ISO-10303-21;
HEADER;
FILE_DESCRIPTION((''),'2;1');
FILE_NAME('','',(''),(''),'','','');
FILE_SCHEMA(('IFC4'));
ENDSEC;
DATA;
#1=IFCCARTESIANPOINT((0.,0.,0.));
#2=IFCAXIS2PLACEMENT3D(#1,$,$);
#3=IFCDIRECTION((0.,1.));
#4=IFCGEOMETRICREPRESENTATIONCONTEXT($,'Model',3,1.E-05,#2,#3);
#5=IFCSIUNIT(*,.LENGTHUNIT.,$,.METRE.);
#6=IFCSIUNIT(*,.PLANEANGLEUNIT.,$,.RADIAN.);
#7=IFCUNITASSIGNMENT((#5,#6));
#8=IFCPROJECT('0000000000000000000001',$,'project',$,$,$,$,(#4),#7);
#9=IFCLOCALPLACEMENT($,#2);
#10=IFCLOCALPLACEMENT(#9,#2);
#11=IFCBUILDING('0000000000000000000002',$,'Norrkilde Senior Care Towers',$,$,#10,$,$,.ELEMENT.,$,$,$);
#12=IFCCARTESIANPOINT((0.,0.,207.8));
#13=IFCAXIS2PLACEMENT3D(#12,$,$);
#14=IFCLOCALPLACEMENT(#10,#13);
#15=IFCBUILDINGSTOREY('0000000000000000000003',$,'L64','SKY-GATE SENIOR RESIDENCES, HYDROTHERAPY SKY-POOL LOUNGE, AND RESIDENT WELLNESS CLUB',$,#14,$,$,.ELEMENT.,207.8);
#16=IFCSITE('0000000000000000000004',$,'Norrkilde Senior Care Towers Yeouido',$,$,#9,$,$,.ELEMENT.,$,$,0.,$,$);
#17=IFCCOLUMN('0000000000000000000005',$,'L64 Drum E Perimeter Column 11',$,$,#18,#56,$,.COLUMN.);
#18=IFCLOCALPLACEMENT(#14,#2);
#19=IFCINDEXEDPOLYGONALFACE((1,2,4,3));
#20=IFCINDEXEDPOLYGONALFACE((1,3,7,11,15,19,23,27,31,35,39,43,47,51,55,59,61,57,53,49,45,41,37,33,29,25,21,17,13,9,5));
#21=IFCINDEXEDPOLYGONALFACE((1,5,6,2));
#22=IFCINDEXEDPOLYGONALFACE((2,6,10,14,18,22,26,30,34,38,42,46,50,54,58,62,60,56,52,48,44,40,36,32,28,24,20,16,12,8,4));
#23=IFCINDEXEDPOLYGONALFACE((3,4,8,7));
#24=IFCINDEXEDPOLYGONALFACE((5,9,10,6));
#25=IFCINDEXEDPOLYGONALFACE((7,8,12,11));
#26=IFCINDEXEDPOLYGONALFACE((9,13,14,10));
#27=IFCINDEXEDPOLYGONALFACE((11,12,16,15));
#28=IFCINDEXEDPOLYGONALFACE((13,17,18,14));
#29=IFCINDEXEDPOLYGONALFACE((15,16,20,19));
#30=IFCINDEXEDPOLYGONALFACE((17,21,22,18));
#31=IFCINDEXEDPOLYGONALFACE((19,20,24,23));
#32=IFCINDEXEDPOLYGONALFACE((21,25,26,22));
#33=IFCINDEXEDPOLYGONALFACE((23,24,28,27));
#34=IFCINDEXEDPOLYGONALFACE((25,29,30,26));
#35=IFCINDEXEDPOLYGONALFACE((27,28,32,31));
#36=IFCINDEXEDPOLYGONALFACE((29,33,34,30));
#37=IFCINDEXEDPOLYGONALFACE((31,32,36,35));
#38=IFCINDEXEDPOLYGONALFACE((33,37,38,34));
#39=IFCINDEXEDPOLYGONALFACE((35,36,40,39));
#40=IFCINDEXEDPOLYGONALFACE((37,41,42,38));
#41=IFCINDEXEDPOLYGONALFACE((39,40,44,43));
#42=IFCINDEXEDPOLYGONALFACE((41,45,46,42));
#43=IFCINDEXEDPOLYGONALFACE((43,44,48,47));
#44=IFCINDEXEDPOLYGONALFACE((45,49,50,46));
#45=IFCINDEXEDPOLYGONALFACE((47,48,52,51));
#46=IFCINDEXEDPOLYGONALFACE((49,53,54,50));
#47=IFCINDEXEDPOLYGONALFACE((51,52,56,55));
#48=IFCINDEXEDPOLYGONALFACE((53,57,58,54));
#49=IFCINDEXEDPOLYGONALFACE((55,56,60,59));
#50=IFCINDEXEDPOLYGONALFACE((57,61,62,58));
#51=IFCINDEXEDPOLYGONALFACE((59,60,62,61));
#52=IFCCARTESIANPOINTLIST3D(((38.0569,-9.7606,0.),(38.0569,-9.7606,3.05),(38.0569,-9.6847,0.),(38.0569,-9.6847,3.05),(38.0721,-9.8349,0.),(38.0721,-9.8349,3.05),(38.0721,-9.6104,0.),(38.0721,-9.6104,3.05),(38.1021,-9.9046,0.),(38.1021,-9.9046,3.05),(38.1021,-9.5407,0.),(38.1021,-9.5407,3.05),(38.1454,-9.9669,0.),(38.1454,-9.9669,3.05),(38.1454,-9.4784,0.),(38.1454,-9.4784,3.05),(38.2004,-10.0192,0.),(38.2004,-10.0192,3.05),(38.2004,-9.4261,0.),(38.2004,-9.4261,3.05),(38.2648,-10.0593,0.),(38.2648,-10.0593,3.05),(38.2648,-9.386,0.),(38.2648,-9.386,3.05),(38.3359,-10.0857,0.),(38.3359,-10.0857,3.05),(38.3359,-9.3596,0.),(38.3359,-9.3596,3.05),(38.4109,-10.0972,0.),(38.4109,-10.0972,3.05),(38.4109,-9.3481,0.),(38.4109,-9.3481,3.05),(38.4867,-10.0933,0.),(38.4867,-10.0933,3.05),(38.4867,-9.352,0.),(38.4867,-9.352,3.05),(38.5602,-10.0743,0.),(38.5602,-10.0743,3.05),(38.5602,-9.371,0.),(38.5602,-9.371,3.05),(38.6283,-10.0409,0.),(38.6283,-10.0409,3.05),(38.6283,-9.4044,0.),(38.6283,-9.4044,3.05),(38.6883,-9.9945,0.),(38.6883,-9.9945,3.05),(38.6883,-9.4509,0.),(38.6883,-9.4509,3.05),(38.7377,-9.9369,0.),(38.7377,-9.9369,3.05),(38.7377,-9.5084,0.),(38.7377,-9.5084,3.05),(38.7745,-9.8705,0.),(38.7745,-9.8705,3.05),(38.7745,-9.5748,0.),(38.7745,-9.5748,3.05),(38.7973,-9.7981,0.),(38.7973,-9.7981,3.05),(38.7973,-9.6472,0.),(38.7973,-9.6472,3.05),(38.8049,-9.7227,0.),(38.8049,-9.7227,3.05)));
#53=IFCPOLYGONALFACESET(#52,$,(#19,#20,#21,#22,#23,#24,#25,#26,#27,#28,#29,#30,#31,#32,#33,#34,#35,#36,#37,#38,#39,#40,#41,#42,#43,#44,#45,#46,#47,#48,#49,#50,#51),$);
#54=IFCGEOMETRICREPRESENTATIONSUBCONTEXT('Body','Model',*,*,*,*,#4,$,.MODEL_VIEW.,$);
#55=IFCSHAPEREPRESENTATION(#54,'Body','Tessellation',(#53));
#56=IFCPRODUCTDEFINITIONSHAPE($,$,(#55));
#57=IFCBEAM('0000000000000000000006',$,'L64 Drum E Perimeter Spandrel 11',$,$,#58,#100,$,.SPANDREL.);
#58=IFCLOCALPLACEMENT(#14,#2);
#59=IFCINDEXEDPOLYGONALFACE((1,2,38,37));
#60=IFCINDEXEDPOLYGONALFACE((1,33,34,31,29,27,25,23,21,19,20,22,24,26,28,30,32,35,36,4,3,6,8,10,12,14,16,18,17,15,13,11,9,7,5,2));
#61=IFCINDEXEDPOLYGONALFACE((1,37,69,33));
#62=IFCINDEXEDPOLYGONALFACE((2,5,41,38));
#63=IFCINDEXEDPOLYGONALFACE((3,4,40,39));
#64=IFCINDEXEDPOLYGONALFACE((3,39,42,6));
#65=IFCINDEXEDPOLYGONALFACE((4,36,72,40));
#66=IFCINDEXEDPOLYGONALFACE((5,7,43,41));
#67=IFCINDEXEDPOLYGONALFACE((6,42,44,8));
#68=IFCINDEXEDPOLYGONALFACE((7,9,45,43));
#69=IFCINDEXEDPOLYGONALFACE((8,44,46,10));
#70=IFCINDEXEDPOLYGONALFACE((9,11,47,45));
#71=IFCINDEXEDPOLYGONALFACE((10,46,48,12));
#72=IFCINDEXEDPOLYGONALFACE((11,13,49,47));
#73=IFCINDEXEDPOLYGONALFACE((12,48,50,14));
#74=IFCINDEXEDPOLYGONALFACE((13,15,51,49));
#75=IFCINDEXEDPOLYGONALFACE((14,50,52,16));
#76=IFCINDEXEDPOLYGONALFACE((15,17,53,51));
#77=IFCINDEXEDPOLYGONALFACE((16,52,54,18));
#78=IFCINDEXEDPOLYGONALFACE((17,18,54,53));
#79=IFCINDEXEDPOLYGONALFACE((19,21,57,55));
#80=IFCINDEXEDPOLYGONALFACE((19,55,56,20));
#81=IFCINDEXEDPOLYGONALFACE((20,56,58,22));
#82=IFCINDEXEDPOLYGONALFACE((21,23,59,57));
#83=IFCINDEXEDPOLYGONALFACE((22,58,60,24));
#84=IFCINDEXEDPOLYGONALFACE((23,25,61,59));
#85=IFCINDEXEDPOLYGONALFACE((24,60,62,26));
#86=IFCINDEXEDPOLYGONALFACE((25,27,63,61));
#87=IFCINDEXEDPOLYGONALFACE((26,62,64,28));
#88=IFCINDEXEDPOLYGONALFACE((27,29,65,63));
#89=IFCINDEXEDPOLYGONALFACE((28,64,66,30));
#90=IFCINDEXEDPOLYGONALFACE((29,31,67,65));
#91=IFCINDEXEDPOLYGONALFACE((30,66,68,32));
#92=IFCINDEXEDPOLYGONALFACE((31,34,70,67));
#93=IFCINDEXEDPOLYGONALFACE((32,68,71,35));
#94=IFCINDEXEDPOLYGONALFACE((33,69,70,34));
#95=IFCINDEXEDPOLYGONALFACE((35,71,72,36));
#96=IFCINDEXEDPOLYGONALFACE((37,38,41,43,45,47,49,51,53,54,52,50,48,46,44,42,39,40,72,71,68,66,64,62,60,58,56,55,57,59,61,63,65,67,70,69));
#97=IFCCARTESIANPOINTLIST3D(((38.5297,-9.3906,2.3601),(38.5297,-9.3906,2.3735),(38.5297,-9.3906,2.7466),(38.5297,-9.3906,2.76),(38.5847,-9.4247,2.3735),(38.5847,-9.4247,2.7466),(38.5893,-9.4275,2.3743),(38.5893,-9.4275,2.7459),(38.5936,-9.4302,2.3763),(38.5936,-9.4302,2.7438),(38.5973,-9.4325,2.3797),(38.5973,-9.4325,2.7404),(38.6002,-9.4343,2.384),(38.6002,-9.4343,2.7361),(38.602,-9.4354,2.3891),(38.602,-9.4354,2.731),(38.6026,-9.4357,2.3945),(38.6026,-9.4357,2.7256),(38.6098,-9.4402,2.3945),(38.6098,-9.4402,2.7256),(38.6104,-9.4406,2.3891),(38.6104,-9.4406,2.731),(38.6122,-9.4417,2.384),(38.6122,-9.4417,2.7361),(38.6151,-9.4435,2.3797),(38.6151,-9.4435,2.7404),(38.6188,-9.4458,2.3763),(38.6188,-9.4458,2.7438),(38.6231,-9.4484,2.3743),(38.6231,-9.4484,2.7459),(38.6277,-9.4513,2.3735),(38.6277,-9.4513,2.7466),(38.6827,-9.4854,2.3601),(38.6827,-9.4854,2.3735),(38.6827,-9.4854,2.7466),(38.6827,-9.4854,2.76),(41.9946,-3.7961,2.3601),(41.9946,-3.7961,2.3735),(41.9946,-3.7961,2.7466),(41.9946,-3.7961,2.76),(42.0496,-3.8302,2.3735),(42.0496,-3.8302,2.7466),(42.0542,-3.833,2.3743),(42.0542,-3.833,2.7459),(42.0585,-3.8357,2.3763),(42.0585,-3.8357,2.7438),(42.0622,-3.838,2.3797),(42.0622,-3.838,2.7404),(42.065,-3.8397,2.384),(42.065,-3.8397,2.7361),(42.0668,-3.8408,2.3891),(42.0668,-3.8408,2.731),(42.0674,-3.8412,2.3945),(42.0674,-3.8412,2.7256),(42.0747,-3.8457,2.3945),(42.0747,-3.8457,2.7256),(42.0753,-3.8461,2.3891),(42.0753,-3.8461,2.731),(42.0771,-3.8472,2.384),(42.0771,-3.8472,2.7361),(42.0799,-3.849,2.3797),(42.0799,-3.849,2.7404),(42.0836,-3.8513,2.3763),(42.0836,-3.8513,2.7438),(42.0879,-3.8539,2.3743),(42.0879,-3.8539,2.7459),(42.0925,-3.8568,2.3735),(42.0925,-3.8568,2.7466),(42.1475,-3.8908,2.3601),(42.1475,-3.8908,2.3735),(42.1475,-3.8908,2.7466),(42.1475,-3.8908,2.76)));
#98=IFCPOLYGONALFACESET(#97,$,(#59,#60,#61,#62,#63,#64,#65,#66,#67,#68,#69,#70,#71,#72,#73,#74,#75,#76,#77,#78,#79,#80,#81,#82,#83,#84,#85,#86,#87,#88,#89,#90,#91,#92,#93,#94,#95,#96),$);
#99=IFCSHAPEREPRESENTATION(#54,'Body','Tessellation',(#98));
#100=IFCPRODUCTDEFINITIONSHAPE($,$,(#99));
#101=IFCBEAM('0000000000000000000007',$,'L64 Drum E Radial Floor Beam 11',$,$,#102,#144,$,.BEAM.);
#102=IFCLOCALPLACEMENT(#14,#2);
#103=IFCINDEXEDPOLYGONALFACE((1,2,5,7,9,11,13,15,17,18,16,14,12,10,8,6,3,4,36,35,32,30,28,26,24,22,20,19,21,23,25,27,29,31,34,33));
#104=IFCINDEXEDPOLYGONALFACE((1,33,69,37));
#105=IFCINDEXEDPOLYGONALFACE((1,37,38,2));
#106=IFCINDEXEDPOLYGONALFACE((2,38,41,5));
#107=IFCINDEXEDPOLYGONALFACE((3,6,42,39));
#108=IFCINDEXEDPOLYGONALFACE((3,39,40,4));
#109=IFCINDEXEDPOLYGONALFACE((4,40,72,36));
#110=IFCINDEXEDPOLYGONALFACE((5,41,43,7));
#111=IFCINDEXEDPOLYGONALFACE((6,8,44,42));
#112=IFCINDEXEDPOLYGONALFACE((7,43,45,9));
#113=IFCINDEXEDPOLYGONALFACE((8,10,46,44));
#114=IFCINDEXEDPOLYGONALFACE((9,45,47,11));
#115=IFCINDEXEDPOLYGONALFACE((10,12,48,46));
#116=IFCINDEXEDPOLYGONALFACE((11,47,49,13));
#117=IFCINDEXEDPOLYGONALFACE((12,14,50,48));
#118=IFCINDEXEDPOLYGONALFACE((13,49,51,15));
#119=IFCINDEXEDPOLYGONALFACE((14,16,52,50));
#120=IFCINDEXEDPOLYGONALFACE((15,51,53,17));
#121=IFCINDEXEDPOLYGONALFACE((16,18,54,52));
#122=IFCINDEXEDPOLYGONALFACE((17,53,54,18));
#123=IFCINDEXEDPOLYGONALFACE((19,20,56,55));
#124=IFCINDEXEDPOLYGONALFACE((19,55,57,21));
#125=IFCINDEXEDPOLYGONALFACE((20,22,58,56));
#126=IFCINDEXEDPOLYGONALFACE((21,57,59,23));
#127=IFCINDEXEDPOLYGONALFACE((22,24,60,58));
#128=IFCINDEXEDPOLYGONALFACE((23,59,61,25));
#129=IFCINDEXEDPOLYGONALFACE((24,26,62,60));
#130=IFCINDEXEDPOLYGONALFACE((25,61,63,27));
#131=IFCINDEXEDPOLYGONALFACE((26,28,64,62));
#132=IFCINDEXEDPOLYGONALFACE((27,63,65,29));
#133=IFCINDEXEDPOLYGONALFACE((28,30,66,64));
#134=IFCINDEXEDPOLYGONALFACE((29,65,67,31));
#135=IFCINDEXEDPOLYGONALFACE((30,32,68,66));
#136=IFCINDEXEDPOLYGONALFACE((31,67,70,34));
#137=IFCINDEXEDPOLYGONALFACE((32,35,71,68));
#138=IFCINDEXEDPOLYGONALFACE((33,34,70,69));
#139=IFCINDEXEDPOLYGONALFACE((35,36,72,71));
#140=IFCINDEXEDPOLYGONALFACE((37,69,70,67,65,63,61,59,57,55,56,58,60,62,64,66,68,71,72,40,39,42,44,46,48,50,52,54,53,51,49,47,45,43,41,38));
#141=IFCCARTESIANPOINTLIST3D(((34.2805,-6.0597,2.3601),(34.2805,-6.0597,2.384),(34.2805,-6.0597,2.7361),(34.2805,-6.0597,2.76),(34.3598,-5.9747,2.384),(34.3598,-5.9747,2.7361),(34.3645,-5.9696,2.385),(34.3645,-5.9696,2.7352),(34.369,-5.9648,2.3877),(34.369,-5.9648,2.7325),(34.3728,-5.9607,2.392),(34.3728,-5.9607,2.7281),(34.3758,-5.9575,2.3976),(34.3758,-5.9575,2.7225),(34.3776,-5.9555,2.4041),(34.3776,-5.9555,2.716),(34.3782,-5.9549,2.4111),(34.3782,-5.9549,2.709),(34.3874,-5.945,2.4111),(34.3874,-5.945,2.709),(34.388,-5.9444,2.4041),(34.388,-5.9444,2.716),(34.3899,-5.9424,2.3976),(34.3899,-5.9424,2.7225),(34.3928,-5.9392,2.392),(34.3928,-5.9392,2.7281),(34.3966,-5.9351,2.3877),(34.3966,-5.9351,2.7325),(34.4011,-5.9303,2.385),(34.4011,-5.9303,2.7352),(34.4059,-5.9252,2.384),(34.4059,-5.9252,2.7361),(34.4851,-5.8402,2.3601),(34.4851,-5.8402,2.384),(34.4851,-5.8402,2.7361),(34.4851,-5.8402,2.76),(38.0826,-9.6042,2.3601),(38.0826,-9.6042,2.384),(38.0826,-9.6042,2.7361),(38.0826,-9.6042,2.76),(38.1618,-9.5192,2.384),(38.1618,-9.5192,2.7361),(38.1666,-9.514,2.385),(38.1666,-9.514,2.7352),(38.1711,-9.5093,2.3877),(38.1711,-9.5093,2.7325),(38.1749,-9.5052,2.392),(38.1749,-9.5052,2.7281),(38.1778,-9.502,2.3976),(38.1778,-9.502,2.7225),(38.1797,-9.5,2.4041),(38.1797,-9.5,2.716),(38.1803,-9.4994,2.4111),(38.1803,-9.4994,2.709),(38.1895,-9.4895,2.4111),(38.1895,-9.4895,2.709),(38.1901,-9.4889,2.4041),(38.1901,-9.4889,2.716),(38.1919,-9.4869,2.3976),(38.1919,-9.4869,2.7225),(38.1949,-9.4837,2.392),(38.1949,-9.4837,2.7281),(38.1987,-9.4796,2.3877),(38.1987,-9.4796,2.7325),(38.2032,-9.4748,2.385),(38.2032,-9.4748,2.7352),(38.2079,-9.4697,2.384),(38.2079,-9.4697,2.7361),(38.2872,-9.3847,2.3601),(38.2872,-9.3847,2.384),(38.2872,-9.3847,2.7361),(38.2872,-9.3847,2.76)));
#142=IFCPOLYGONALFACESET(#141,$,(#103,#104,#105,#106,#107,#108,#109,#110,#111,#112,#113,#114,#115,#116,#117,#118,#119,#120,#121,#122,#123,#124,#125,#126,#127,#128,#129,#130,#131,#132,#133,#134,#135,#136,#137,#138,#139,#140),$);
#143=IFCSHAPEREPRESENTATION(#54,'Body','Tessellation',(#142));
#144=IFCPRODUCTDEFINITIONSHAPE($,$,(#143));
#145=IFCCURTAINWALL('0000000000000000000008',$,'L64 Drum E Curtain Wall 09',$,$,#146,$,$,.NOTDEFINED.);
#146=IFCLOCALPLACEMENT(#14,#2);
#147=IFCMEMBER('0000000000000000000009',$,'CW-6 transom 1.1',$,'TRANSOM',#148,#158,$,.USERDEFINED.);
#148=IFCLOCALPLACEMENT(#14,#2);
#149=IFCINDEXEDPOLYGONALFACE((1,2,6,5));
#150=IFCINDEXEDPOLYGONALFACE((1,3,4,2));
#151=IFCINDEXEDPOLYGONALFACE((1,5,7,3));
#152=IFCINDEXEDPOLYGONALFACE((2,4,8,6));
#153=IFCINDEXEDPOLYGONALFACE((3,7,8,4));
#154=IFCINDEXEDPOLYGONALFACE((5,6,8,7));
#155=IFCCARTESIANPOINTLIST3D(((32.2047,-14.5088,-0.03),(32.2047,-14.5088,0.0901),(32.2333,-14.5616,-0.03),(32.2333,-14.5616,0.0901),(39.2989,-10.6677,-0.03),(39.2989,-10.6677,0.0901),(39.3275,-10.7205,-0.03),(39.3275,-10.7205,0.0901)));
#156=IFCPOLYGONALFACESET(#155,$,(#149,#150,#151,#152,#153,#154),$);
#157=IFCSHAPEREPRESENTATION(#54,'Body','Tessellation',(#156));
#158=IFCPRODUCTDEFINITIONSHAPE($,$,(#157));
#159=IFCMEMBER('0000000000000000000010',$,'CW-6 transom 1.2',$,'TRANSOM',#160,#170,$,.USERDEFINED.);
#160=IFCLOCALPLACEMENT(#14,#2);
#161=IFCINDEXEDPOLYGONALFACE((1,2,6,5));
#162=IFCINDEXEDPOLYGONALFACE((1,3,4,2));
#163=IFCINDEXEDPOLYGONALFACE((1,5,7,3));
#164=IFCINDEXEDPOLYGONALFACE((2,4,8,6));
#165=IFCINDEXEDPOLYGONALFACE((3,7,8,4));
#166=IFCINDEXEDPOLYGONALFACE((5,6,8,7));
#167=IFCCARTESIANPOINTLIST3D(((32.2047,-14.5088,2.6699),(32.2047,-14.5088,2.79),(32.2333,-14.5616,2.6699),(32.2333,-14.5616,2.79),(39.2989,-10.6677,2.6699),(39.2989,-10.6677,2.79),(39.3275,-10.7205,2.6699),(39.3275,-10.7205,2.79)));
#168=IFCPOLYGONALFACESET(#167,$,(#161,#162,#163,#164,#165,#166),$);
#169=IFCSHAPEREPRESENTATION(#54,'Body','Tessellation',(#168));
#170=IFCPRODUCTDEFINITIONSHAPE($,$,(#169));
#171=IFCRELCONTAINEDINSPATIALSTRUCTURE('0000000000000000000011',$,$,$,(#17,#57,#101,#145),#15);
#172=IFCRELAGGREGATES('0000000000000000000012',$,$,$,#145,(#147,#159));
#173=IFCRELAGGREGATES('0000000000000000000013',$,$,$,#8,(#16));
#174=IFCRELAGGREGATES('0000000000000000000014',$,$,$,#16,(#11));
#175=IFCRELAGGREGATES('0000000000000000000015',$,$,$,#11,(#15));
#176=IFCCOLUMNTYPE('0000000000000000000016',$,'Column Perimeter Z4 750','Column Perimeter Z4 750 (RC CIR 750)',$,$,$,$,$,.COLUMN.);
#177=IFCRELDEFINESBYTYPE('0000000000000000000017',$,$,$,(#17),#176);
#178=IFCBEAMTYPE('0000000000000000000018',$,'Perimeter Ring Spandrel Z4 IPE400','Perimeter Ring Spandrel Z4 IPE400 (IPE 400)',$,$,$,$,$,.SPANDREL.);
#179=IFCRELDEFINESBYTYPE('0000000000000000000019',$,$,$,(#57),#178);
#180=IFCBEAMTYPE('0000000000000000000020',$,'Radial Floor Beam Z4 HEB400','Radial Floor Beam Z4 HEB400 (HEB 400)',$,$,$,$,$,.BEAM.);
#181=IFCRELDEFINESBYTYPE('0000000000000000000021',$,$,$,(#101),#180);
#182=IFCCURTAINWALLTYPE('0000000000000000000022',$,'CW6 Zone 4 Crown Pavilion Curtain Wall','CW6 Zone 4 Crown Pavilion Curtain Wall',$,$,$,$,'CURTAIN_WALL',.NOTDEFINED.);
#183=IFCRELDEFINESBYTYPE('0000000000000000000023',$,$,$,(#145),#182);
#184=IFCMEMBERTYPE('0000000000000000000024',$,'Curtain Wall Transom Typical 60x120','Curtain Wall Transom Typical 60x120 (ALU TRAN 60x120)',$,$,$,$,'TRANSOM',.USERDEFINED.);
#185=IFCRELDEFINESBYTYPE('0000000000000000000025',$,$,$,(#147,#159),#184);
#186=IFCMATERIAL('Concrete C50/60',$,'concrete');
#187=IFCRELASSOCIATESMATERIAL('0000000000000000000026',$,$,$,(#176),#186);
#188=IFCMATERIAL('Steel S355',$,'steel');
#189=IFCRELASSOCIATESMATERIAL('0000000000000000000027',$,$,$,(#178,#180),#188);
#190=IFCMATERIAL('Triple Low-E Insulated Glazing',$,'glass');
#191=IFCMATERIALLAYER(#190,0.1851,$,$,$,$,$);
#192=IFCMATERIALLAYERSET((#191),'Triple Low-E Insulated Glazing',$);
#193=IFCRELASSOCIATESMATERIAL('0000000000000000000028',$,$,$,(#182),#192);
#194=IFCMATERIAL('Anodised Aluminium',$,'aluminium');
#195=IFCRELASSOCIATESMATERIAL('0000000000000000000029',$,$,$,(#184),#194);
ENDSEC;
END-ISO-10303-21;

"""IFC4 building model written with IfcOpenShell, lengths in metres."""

from ifc_helpers import new_model, si_unit, direction, frame, origin, origin_2d, place, context, subcontext, project, spatial, rectangle, circle, i_section, extrude, source, transform, mapped, material, layer, layer_set, material_profile, profile_set, type_object, type_shapes, element, aggregate, save


model = new_model("IFC4")

# Units and contexts
model_context = context("Model", 3, precision=1e-05, world=origin(), true_north=direction((0.0, 1.0)))
body_context = subcontext(model_context, "Body", "Model", "MODEL_VIEW")
ifc_project = project(units=[si_unit("LENGTHUNIT", "METRE"), si_unit("PLANEANGLEUNIT", "RADIAN")], contexts=[model_context])

# Site, building, storey
site_placement = place(None, origin())
site = spatial("IfcSite", under=ifc_project, at=site_placement, Name="Norrkilde Senior Care Towers Yeouido", CompositionType="ELEMENT", RefElevation=0.0)
building_placement = place(site_placement, origin())
building = spatial("IfcBuilding", under=site, at=building_placement, Name="Norrkilde Senior Care Towers", CompositionType="ELEMENT")
storey_placement = place(building_placement, frame((0.0, 0.0, 207.8)))
storey = spatial("IfcBuildingStorey", under=building, at=storey_placement, Name="L64", Description="SKY-GATE SENIOR RESIDENCES, HYDROTHERAPY SKY-POOL LOUNGE, AND RESIDENT WELLNESS CLUB", CompositionType="ELEMENT", Elevation=207.8)

# Column
ifc_material_1 = material(Name="Concrete C50/60", Category="concrete")
ifc_material_profile_1 = material_profile(ifc_material_1, circle(Radius=0.375, at=origin_2d()), Name="RC CIR 750")
ifc_profile_set_1 = profile_set([ifc_material_profile_1], Name="Concrete C50/60")
column_type = type_object("IfcColumnType", Name="Column Perimeter Z4 750", Description="Column Perimeter Z4 750 (RC CIR 750)", PredefinedType="COLUMN", material=ifc_profile_set_1)
shared_shape_1 = source(origin(), body_context, "Body", "SweptSolid", [
    extrude(circle(Radius=0.375, at=origin_2d()), origin(), (0.0, 0.0, 1.0), 3.05),
])
type_shapes(column_type, [shared_shape_1])
column_placement = place(storey_placement, frame((38.4299, -9.7227, 0.0), z_axis=(0.0, 0.0, 1.0), x_axis=(1.0, 0.0, 0.0)))
element("IfcColumn", 1, at=column_placement, inside=storey, type_object=column_type, Name="L64 Drum E Perimeter Column 11", PredefinedType="COLUMN", context=body_context, shape_type="MappedRepresentation", body=[
    mapped(shared_shape_1, transform((0.0, 0.0, 0.0), x_axis=(1.0, 0.0, 0.0), y_axis=(0.0, 1.0, 0.0), z_axis=(0.0, 0.0, 1.0), scale=1.0)),
])

# Beams
ifc_material_2 = material(Name="Steel S355", Category="steel")
ifc_material_profile_2 = material_profile(ifc_material_2, i_section(OverallWidth=0.1799, OverallDepth=0.3999, WebThickness=0.0085, FlangeThickness=0.0134, FilletRadius=0.021, at=origin_2d()), Name="IPE 400")
ifc_profile_set_2 = profile_set([ifc_material_profile_2], Name="Steel S355")
beam_type_1 = type_object("IfcBeamType", Name="Perimeter Ring Spandrel Z4 IPE400", Description="Perimeter Ring Spandrel Z4 IPE400 (IPE 400)", PredefinedType="SPANDREL", material=ifc_profile_set_2)
shared_shape_2 = source(origin(), body_context, "Body", "SweptSolid", [
    extrude(i_section(OverallWidth=0.1799, OverallDepth=0.3999, WebThickness=0.0085, FlangeThickness=0.0134, FilletRadius=0.021, at=origin_2d()), origin(), (0.0, 0.0, 1.0), 6.5806),
])
type_shapes(beam_type_1, [shared_shape_2])
beam_1_placement = place(storey_placement, frame((38.6062, -9.438, 2.5601), z_axis=(0.52653, 0.850157, 0.0), x_axis=(-0.850157, 0.52653, 0.0)))
element("IfcBeam", 2, at=beam_1_placement, inside=storey, type_object=beam_type_1, Name="L64 Drum E Perimeter Spandrel 11", PredefinedType="SPANDREL", context=body_context, shape_type="MappedRepresentation", body=[
    mapped(shared_shape_2, transform((0.0, 0.0, 0.0), x_axis=(1.0, 0.0, 0.0), y_axis=(0.0, 1.0, 0.0), z_axis=(0.0, 0.0, 1.0), scale=1.0)),
])
ifc_material_profile_3 = material_profile(ifc_material_2, i_section(OverallWidth=0.3, OverallDepth=0.3999, WebThickness=0.0134, FlangeThickness=0.0239, FilletRadius=0.0271, at=origin_2d()), Name="HEB 400")
ifc_profile_set_3 = profile_set([ifc_material_profile_3], Name="Steel S355")
beam_type_2 = type_object("IfcBeamType", Name="Radial Floor Beam Z4 HEB400", Description="Radial Floor Beam Z4 HEB400 (HEB 400)", PredefinedType="BEAM", material=ifc_profile_set_3)
shared_shape_3 = source(origin(), body_context, "Body", "SweptSolid", [
    extrude(i_section(OverallWidth=0.3, OverallDepth=0.3999, WebThickness=0.0134, FlangeThickness=0.0239, FilletRadius=0.0271, at=origin_2d()), origin(), (0.0, 0.0, 1.0), 5.198),
])
type_shapes(beam_type_2, [shared_shape_3])
beam_2_placement = place(storey_placement, frame((34.3828, -5.95, 2.5601), z_axis=(0.731449, -0.681896, 0.0), x_axis=(0.681896, 0.731449, 0.0)))
element("IfcBeam", 3, at=beam_2_placement, inside=storey, type_object=beam_type_2, Name="L64 Drum E Radial Floor Beam 11", PredefinedType="BEAM", context=body_context, shape_type="MappedRepresentation", body=[
    mapped(shared_shape_3, transform((0.0, 0.0, 0.0), x_axis=(1.0, 0.0, 0.0), y_axis=(0.0, 1.0, 0.0), z_axis=(0.0, 0.0, 1.0), scale=1.0)),
])

# Curtain wall, members
ifc_material_3 = material(Name="Triple Low-E Insulated Glazing", Category="glass")
ifc_layer_1 = layer(ifc_material_3, 0.1851)
ifc_layer_set_1 = layer_set([ifc_layer_1], Name="Triple Low-E Insulated Glazing")
curtain_wall_type = type_object("IfcCurtainWallType", Name="CW6 Zone 4 Crown Pavilion Curtain Wall", Description="CW6 Zone 4 Crown Pavilion Curtain Wall", ElementType="CURTAIN_WALL", PredefinedType="NOTDEFINED", material=ifc_layer_set_1)
curtain_wall_placement = place(storey_placement, origin())
curtain_wall = element("IfcCurtainWall", 4, at=curtain_wall_placement, inside=storey, type_object=curtain_wall_type, Name="L64 Drum E Curtain Wall 09", PredefinedType="NOTDEFINED")
ifc_material_4 = material(Name="Anodised Aluminium", Category="aluminium")
ifc_material_profile_4 = material_profile(ifc_material_4, rectangle(XDim=0.0601, YDim=0.1201, at=origin_2d()), Name="ALU TRAN 60x120")
ifc_profile_set_4 = profile_set([ifc_material_profile_4], Name="Anodised Aluminium")
member_type_1 = type_object("IfcMemberType", Name="Curtain Wall Transom Typical 60x120", Description="Curtain Wall Transom Typical 60x120 (ALU TRAN 60x120)", ElementType="TRANSOM", PredefinedType="USERDEFINED", material=ifc_profile_set_4)
shared_shape_4 = source(origin(), body_context, "Body", "SweptSolid", [
    extrude(rectangle(XDim=0.0601, YDim=0.1201, at=origin_2d()), origin(), (0.0, 0.0, 1.0), 8.0674),
])
type_shapes(member_type_1, [shared_shape_4])
member_1_placement = place(storey_placement, frame((39.3132, -10.6941, 0.03), z_axis=(-0.879378, -0.476125, 0.0), x_axis=(0.476125, -0.879378, 0.0)))
member_1 = element("IfcMember", 5, at=member_1_placement, type_object=member_type_1, Name="CW-6 transom 1.1", ObjectType="TRANSOM", PredefinedType="USERDEFINED", context=body_context, shape_type="MappedRepresentation", body=[
    mapped(shared_shape_4, transform((0.0, 0.0, 0.0), x_axis=(1.0, 0.0, 0.0), y_axis=(0.0, 1.0, 0.0), z_axis=(0.0, 0.0, 1.0), scale=1.0)),
])
member_2_placement = place(storey_placement, frame((39.3132, -10.6941, 2.73), z_axis=(-0.879378, -0.476125, 0.0), x_axis=(0.476125, -0.879378, 0.0)))
member_2 = element("IfcMember", 6, at=member_2_placement, type_object=member_type_1, Name="CW-6 transom 1.2", ObjectType="TRANSOM", PredefinedType="USERDEFINED", context=body_context, shape_type="MappedRepresentation", body=[
    mapped(shared_shape_4, transform((0.0, 0.0, 0.0), x_axis=(1.0, 0.0, 0.0), y_axis=(0.0, 1.0, 0.0), z_axis=(0.0, 0.0, 1.0), scale=1.0)),
])
aggregate(curtain_wall, [member_1, member_2])

save(model, "model.ifc")
